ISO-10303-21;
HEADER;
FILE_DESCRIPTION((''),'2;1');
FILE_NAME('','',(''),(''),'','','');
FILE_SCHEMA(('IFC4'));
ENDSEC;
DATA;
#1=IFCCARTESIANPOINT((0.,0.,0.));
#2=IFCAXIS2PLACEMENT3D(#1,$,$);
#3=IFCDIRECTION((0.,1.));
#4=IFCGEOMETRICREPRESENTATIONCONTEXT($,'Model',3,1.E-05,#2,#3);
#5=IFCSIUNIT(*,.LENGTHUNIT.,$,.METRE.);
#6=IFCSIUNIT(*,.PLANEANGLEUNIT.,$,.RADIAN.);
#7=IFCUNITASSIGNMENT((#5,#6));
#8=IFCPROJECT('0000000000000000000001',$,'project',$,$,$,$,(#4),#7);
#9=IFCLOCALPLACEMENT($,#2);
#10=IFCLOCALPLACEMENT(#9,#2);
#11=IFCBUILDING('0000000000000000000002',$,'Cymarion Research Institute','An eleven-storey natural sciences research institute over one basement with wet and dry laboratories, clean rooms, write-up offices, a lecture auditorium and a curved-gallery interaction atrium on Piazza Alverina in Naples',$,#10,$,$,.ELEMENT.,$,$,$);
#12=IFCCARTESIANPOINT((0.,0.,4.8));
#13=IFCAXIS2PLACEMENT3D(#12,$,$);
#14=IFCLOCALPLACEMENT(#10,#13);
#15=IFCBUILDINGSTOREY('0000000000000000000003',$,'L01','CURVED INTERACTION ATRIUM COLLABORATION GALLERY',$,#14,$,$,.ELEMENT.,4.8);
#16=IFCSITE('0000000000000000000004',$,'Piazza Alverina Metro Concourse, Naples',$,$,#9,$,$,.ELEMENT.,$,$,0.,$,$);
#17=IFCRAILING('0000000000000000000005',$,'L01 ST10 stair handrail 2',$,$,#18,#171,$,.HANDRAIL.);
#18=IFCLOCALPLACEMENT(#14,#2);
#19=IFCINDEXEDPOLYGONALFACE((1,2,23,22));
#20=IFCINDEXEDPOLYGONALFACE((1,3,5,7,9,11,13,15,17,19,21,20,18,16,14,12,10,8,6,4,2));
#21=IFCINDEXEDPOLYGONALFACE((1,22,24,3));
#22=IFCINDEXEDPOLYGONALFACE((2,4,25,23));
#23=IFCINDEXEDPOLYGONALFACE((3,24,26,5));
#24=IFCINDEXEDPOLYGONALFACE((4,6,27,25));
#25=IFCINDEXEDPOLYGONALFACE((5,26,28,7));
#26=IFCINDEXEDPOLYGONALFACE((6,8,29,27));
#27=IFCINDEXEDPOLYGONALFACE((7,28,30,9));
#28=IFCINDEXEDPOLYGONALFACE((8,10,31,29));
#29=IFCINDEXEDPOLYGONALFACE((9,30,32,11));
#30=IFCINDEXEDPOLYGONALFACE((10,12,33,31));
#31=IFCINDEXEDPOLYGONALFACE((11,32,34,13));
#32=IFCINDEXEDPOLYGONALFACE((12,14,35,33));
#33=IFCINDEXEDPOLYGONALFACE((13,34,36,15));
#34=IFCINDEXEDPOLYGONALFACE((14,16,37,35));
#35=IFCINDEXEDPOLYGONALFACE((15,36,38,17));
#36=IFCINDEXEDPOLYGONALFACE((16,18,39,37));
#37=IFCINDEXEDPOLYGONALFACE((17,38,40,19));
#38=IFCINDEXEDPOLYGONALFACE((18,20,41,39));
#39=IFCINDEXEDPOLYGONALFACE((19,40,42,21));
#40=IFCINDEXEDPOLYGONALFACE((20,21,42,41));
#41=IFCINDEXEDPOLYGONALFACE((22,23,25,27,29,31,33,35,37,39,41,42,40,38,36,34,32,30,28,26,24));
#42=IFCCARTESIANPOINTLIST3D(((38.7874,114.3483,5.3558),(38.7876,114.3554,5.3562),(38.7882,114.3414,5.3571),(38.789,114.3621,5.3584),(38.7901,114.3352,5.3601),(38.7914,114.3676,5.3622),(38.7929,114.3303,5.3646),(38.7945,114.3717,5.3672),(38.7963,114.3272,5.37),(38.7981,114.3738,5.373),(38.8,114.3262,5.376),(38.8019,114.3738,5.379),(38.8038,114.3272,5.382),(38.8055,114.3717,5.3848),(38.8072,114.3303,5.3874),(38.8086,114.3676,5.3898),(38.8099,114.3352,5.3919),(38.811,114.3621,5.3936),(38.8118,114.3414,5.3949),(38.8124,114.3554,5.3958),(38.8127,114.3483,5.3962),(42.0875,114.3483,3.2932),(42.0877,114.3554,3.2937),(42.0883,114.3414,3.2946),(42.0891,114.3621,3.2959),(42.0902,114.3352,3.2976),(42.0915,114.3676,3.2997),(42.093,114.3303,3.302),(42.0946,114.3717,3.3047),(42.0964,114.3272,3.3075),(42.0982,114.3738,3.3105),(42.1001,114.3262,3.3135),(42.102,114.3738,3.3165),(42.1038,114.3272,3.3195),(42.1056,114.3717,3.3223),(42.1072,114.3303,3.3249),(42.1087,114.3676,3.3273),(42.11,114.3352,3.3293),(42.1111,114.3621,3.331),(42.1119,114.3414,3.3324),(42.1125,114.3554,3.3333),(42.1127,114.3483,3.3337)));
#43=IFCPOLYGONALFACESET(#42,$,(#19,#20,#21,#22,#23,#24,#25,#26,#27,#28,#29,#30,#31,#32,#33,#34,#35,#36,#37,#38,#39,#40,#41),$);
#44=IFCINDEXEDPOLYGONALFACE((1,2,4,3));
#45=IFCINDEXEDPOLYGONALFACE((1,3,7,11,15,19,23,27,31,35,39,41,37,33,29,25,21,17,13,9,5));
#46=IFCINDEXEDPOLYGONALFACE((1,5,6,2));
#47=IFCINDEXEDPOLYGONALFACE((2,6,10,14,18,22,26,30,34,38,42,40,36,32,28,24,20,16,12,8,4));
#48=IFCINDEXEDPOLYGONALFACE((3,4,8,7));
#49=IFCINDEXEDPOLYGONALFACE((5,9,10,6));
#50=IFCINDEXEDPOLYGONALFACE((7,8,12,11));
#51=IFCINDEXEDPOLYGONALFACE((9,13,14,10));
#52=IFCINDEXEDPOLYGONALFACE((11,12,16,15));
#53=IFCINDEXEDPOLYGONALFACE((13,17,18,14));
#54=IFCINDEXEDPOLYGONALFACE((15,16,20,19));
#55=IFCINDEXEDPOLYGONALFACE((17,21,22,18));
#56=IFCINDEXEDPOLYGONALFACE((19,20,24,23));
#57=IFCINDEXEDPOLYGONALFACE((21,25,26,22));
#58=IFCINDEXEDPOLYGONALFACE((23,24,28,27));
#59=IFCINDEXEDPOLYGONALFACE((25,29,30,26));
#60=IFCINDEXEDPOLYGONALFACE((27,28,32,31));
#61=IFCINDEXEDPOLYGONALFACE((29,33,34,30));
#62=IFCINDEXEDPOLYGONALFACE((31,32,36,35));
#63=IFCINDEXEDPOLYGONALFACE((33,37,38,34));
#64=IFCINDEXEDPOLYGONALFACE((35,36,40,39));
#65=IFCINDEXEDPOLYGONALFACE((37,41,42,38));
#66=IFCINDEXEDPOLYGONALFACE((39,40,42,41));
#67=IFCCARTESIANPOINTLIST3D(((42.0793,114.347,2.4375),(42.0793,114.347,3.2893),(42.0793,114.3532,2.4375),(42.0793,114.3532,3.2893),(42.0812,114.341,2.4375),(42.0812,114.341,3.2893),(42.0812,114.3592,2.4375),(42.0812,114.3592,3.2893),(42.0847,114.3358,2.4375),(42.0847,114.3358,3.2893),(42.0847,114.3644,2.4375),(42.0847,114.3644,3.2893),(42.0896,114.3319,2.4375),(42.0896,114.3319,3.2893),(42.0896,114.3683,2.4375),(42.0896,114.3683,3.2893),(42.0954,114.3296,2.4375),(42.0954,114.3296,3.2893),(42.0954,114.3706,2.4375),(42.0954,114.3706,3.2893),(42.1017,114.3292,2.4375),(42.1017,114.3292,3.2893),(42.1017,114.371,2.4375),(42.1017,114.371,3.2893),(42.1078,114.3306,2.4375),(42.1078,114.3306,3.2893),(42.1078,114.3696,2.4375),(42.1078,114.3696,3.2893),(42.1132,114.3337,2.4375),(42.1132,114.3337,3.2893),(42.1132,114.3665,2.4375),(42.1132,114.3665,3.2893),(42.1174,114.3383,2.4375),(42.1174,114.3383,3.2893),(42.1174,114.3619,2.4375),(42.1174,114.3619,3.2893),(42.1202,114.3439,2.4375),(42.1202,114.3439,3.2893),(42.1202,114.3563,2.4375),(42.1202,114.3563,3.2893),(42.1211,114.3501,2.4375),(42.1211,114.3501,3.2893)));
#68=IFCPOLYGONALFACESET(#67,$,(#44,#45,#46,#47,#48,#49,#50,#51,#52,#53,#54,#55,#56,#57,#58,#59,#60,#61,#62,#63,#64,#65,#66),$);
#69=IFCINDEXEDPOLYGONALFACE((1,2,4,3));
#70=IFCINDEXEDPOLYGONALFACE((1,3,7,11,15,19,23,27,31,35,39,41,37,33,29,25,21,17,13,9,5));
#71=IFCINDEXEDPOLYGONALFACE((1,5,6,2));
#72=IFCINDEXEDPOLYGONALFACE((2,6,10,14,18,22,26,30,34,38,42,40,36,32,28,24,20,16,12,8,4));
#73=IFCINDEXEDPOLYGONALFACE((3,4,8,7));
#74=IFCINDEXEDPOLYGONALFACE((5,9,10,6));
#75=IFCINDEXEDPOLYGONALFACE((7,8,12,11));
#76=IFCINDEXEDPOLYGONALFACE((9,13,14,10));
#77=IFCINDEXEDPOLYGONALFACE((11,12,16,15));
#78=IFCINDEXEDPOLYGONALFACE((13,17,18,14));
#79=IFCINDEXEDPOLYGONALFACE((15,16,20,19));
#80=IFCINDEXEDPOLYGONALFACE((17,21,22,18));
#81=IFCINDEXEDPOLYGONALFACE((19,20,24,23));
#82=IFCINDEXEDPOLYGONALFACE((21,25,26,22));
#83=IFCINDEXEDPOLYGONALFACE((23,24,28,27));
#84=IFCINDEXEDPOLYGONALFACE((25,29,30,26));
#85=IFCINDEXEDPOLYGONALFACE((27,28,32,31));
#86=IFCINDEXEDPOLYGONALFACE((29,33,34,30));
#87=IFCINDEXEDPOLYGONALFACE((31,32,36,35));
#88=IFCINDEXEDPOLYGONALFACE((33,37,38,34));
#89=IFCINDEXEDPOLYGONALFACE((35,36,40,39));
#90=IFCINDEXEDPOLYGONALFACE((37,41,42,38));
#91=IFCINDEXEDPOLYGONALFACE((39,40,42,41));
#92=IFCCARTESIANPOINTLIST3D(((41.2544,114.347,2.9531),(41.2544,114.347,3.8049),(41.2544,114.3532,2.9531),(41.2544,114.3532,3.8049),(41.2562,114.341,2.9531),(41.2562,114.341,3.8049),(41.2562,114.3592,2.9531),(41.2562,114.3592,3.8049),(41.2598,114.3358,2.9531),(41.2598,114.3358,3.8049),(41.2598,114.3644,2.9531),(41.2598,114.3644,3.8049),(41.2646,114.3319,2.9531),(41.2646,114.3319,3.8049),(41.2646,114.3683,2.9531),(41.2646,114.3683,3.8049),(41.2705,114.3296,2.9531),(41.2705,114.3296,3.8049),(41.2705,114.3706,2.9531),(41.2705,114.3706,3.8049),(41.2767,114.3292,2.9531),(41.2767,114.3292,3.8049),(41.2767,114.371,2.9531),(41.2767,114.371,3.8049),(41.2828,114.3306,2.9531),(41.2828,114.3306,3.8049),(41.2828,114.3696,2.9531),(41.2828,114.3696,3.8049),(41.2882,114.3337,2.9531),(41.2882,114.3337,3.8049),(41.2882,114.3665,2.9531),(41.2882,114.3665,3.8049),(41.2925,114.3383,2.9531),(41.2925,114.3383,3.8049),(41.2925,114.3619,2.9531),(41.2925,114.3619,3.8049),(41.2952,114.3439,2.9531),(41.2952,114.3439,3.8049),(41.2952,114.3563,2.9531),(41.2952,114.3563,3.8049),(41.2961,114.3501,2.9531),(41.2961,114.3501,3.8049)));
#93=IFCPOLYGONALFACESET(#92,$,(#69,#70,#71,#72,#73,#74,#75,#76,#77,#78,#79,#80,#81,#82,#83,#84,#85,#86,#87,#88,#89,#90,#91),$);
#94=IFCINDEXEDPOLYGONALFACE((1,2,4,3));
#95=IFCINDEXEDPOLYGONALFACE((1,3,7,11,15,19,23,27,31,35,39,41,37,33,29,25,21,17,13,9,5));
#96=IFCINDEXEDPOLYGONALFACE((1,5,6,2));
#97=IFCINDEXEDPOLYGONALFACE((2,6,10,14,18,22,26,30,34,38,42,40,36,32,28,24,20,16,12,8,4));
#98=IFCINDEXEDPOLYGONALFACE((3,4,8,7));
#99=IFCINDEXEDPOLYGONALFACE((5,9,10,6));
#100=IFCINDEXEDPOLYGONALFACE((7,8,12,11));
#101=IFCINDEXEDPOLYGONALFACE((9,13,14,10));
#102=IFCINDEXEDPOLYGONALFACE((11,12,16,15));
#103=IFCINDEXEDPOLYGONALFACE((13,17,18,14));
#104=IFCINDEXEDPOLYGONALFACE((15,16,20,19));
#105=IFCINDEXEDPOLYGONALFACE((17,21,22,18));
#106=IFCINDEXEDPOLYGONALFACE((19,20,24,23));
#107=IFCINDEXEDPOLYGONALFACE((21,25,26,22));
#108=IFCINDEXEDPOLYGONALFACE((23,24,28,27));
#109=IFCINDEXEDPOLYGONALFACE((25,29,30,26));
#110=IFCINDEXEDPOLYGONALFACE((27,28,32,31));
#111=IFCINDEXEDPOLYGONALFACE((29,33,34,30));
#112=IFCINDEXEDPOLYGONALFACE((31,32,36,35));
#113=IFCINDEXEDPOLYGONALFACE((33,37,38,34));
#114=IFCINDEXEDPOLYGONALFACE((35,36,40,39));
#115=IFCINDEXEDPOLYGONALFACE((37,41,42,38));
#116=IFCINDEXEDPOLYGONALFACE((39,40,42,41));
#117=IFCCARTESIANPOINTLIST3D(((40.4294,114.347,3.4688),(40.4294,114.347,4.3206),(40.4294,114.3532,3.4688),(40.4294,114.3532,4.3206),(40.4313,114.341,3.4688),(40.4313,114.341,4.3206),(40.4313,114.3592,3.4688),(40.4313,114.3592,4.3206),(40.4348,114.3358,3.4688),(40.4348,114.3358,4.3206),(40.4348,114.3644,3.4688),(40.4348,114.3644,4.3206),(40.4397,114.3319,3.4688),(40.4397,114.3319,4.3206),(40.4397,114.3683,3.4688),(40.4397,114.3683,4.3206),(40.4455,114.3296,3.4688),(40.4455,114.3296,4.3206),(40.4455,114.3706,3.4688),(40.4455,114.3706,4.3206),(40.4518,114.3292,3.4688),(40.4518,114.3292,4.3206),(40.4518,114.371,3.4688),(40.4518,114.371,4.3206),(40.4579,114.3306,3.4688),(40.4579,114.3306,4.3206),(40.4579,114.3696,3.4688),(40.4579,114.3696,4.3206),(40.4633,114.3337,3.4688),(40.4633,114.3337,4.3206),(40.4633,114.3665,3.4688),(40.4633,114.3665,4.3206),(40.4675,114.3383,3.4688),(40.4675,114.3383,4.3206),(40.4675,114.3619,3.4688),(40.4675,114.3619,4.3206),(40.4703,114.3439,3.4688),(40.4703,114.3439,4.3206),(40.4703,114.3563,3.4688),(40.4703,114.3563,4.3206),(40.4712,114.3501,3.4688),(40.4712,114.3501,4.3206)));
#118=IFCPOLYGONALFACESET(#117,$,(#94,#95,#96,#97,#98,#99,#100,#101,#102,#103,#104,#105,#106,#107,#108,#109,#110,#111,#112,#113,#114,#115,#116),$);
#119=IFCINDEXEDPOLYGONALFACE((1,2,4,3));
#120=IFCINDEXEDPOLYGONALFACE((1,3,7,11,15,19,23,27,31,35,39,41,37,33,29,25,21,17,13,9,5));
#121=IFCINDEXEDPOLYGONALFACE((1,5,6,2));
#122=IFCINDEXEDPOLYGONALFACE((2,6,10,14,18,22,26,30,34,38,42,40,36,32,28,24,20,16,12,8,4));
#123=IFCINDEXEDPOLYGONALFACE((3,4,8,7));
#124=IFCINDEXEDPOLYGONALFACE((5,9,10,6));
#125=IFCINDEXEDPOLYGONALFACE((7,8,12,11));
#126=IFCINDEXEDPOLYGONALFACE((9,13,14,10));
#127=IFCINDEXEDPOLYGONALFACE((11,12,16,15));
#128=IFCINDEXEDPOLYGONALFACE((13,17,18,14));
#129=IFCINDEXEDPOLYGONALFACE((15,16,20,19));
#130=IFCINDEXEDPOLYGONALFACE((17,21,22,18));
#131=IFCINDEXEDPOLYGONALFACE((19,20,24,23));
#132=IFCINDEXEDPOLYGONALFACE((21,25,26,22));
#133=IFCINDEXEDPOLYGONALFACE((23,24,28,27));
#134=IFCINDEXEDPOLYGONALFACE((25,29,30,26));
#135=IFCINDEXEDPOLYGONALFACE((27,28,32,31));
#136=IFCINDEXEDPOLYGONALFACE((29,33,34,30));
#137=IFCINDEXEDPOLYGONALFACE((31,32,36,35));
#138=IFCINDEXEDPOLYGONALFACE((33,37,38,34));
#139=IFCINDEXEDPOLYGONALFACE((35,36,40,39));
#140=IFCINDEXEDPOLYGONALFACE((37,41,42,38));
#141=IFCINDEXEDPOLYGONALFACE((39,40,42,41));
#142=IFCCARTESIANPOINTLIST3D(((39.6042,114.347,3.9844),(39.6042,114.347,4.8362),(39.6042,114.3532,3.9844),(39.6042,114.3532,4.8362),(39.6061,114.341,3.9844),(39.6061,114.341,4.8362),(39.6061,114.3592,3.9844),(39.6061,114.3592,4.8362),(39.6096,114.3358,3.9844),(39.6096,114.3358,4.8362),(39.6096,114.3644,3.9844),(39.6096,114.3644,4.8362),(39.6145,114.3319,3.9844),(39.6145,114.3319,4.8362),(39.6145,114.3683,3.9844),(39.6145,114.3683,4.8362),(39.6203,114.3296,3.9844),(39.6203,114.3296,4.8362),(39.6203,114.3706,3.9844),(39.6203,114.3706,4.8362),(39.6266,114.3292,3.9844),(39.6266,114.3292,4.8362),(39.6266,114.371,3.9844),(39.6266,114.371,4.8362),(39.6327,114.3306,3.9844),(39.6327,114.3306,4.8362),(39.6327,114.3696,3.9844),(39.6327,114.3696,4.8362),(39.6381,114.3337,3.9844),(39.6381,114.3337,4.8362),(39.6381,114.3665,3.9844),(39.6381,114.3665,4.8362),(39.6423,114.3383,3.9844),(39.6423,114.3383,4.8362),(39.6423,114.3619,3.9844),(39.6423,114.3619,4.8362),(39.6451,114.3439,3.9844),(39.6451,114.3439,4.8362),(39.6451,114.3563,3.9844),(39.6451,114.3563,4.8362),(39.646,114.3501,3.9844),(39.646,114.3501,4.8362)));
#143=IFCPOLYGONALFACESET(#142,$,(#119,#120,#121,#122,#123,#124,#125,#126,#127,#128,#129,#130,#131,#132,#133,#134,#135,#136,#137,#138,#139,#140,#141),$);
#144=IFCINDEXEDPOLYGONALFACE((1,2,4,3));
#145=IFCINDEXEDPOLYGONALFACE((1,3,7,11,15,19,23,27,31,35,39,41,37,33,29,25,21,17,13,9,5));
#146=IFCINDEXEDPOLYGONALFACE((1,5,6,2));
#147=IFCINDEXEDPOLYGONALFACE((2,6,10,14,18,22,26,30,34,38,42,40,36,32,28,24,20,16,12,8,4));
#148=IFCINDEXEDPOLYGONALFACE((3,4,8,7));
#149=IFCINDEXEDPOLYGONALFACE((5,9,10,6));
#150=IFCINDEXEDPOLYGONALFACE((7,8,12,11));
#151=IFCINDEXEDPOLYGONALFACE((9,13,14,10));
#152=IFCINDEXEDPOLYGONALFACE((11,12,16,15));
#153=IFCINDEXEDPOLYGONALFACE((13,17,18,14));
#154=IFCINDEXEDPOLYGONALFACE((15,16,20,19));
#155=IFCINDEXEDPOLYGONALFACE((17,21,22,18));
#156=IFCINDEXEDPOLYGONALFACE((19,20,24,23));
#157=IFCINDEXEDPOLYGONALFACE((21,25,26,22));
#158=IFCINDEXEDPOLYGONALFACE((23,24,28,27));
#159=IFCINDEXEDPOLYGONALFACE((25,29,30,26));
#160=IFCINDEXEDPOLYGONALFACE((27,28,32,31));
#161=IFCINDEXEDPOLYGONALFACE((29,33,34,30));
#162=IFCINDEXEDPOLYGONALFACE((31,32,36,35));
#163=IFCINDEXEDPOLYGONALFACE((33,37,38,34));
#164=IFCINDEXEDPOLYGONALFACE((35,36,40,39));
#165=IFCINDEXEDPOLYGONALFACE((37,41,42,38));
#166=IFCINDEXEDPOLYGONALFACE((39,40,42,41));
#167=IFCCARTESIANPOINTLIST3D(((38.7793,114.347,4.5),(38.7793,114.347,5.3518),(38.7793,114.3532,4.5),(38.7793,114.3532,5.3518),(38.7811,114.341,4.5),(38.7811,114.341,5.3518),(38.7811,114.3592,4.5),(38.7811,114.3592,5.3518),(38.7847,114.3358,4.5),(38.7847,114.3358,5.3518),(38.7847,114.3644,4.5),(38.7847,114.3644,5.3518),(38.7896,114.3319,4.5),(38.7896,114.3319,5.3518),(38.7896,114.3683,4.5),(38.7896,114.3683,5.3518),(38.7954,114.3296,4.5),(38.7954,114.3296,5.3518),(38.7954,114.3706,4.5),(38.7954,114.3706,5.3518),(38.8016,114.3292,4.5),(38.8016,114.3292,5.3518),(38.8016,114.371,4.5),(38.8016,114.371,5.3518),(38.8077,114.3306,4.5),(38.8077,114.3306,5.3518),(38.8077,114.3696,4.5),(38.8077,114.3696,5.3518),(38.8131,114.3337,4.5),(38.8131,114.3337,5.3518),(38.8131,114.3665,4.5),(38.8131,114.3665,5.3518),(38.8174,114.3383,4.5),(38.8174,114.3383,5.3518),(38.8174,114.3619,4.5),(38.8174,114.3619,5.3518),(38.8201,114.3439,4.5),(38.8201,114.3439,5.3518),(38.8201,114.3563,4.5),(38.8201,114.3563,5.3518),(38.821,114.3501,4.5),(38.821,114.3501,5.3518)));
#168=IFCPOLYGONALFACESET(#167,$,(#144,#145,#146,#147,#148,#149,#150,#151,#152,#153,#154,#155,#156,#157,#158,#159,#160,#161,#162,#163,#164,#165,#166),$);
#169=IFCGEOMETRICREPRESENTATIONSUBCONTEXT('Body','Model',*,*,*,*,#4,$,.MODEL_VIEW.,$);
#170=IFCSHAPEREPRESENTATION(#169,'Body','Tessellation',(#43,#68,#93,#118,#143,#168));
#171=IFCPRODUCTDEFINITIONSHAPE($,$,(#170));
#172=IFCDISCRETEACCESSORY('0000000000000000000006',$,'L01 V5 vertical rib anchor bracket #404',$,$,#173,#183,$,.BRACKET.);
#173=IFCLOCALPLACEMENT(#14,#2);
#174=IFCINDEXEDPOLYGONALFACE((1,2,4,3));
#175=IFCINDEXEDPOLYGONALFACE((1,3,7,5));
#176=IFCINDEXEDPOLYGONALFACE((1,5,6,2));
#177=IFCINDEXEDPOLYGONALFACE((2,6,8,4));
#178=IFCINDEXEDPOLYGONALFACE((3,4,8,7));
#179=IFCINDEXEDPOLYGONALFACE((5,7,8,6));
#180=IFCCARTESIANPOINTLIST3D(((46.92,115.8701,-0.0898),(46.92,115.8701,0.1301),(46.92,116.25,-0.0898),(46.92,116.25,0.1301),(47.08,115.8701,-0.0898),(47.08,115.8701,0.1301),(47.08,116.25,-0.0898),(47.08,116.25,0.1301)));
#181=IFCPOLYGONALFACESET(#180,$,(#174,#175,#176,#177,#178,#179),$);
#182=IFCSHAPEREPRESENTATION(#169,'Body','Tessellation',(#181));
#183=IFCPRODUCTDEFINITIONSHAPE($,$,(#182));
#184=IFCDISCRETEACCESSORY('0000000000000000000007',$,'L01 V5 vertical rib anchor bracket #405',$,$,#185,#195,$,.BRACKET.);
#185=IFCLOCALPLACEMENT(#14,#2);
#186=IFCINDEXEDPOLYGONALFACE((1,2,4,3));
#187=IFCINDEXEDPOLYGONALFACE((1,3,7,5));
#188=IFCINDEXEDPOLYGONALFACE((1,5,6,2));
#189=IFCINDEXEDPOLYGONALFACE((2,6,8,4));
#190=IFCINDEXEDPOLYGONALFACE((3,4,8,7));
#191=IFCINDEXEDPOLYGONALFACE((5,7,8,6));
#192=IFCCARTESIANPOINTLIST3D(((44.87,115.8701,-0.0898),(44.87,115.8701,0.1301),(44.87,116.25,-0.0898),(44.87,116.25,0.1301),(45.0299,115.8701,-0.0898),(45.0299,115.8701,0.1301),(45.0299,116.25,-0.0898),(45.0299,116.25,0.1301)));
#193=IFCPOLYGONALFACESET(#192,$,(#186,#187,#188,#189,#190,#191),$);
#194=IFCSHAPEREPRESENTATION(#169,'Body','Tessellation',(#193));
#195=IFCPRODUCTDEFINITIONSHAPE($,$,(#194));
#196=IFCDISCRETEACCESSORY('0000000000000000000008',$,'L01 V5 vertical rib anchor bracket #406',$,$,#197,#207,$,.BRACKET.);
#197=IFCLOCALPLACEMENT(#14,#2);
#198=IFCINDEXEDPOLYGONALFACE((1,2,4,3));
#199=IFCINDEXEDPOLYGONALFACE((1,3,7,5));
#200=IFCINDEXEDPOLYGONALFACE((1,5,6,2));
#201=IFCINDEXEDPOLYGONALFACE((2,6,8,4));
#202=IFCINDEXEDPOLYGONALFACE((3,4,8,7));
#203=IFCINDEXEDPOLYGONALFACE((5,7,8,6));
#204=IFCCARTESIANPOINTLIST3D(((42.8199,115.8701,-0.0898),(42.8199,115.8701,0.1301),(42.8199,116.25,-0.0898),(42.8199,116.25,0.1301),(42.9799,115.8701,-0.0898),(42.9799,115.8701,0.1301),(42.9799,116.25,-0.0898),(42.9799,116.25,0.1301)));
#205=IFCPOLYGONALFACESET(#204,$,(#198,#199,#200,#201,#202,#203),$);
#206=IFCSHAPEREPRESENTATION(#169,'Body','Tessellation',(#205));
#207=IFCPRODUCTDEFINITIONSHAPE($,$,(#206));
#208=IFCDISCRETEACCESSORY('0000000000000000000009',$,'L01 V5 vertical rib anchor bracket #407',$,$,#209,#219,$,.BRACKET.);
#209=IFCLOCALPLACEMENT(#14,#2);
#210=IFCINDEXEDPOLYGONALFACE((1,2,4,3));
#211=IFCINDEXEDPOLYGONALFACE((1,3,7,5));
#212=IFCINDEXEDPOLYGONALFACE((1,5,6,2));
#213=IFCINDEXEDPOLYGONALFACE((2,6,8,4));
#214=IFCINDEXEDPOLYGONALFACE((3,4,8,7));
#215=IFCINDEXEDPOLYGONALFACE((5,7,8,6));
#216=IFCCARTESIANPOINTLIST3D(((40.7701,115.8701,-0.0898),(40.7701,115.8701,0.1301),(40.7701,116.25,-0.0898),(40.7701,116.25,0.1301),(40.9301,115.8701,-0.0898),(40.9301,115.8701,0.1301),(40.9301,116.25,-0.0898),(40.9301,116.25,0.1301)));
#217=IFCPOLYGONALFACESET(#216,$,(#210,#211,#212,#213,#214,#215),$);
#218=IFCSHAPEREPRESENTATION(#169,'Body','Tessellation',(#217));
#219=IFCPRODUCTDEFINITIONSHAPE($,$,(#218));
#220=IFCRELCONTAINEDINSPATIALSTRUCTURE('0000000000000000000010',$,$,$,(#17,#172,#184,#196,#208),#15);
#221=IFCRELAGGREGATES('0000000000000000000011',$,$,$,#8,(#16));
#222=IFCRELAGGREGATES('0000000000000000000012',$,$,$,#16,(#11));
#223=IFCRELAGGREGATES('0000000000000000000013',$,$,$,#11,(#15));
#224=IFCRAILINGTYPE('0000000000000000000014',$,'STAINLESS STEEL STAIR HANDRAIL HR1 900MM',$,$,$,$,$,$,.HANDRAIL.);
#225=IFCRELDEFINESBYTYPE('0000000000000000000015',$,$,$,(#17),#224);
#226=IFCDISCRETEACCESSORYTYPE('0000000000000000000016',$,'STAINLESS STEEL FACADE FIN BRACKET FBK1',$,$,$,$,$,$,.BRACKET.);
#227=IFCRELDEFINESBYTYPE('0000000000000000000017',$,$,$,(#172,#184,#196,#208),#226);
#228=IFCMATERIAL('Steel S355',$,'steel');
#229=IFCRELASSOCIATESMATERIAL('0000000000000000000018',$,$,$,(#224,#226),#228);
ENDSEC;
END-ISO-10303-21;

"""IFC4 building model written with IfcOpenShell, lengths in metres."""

from ifc_helpers import new_model, si_unit, direction, frame, origin, origin_2d, place, context, subcontext, project, spatial, rectangle, circle, extrude, material, type_object, element, save


model = new_model("IFC4")

# Units and contexts
model_context = context("Model", 3, precision=1e-05, world=origin(), true_north=direction((0.0, 1.0)))
body_context = subcontext(model_context, "Body", "Model", "MODEL_VIEW")
ifc_project = project(units=[si_unit("LENGTHUNIT", "METRE"), si_unit("PLANEANGLEUNIT", "RADIAN")], contexts=[model_context])

# Site, building, storey
site_placement = place(None, origin())
site = spatial("IfcSite", under=ifc_project, at=site_placement, Name="Piazza Alverina Metro Concourse, Naples", CompositionType="ELEMENT", RefElevation=0.0)
building_placement = place(site_placement, origin())
building = spatial("IfcBuilding", under=site, at=building_placement, Name="Cymarion Research Institute", Description="An eleven-storey natural sciences research institute over one basement with wet and dry laboratories, clean rooms, write-up offices, a lecture auditorium and a curved-gallery interaction atrium on Piazza Alverina in Naples", CompositionType="ELEMENT")
storey_placement = place(building_placement, frame((0.0, 0.0, 4.8)))
storey = spatial("IfcBuildingStorey", under=building, at=storey_placement, Name="L01", Description="CURVED INTERACTION ATRIUM COLLABORATION GALLERY", CompositionType="ELEMENT", Elevation=4.8)

# Shared definitions
ifc_material_1 = material(Name="Steel S355", Category="steel")

# Railing
railing_type = type_object("IfcRailingType", Name="STAINLESS STEEL STAIR HANDRAIL HR1 900MM", PredefinedType="HANDRAIL", material=ifc_material_1)
railing_placement = place(storey_placement, frame((42.1001, 114.3501, 2.4375)))
element("IfcRailing", 1, at=railing_placement, inside=storey, type_object=railing_type, Name="L01 ST10 stair handrail 2", PredefinedType="HANDRAIL", context=body_context, shape_type="SweptSolid", body=[
    extrude(circle(Radius=0.0239, at=origin_2d()), frame((0.0, 0.0, 0.876), z_axis=(-0.848002, 0.0, 0.529993), x_axis=(0.0, -1.0, 0.0)), (0.0, 0.0, 1.0), 3.8916),
    extrude(circle(Radius=0.021, at=origin_2d()), origin(), (0.0, 0.0, 1.0), 0.8518),
    extrude(circle(Radius=0.021, at=origin_2d()), frame((-0.825, 0.0, 0.5156)), (0.0, 0.0, 1.0), 0.8518),
    extrude(circle(Radius=0.021, at=origin_2d()), frame((-1.6499, 0.0, 1.0312)), (0.0, 0.0, 1.0), 0.8518),
    extrude(circle(Radius=0.021, at=origin_2d()), frame((-2.4751, 0.0, 1.5469)), (0.0, 0.0, 1.0), 0.8518),
    extrude(circle(Radius=0.021, at=origin_2d()), frame((-3.3, 0.0, 2.0625)), (0.0, 0.0, 1.0), 0.8518),
])

# Discrete accessories
discrete_accessory_type = type_object("IfcDiscreteAccessoryType", Name="STAINLESS STEEL FACADE FIN BRACKET FBK1", PredefinedType="BRACKET", material=ifc_material_1)
for number, where, z_axis, x_axis, name in (
    (2, (47.0, 116.0601, -0.0898), (0.0, 0.0, 1.0), (0.0, 1.0, 0.0), "L01 V5 vertical rib anchor bracket #404"),
    (3, (44.95, 116.0601, -0.0898), (0.0, 0.0, 1.0), (0.0, 1.0, 0.0), "L01 V5 vertical rib anchor bracket #405"),
    (4, (42.8999, 116.0601, -0.0898), (0.0, 0.0, 1.0), (0.0, 1.0, 0.0), "L01 V5 vertical rib anchor bracket #406"),
    (5, (40.8501, 116.0601, -0.0898), (0.0, 0.0, 1.0), (0.0, 1.0, 0.0), "L01 V5 vertical rib anchor bracket #407"),
):
    element("IfcDiscreteAccessory", number, at=place(storey_placement, frame(where, z_axis=z_axis, x_axis=x_axis)), inside=storey, type_object=discrete_accessory_type, Name=name, PredefinedType="BRACKET", context=body_context, shape_type="SweptSolid", body=[
        extrude(rectangle(XDim=0.3799, YDim=0.1599, at=origin_2d()), origin(), (0.0, 0.0, 1.0), 0.22),
    ])

save(model, "model.ifc")
